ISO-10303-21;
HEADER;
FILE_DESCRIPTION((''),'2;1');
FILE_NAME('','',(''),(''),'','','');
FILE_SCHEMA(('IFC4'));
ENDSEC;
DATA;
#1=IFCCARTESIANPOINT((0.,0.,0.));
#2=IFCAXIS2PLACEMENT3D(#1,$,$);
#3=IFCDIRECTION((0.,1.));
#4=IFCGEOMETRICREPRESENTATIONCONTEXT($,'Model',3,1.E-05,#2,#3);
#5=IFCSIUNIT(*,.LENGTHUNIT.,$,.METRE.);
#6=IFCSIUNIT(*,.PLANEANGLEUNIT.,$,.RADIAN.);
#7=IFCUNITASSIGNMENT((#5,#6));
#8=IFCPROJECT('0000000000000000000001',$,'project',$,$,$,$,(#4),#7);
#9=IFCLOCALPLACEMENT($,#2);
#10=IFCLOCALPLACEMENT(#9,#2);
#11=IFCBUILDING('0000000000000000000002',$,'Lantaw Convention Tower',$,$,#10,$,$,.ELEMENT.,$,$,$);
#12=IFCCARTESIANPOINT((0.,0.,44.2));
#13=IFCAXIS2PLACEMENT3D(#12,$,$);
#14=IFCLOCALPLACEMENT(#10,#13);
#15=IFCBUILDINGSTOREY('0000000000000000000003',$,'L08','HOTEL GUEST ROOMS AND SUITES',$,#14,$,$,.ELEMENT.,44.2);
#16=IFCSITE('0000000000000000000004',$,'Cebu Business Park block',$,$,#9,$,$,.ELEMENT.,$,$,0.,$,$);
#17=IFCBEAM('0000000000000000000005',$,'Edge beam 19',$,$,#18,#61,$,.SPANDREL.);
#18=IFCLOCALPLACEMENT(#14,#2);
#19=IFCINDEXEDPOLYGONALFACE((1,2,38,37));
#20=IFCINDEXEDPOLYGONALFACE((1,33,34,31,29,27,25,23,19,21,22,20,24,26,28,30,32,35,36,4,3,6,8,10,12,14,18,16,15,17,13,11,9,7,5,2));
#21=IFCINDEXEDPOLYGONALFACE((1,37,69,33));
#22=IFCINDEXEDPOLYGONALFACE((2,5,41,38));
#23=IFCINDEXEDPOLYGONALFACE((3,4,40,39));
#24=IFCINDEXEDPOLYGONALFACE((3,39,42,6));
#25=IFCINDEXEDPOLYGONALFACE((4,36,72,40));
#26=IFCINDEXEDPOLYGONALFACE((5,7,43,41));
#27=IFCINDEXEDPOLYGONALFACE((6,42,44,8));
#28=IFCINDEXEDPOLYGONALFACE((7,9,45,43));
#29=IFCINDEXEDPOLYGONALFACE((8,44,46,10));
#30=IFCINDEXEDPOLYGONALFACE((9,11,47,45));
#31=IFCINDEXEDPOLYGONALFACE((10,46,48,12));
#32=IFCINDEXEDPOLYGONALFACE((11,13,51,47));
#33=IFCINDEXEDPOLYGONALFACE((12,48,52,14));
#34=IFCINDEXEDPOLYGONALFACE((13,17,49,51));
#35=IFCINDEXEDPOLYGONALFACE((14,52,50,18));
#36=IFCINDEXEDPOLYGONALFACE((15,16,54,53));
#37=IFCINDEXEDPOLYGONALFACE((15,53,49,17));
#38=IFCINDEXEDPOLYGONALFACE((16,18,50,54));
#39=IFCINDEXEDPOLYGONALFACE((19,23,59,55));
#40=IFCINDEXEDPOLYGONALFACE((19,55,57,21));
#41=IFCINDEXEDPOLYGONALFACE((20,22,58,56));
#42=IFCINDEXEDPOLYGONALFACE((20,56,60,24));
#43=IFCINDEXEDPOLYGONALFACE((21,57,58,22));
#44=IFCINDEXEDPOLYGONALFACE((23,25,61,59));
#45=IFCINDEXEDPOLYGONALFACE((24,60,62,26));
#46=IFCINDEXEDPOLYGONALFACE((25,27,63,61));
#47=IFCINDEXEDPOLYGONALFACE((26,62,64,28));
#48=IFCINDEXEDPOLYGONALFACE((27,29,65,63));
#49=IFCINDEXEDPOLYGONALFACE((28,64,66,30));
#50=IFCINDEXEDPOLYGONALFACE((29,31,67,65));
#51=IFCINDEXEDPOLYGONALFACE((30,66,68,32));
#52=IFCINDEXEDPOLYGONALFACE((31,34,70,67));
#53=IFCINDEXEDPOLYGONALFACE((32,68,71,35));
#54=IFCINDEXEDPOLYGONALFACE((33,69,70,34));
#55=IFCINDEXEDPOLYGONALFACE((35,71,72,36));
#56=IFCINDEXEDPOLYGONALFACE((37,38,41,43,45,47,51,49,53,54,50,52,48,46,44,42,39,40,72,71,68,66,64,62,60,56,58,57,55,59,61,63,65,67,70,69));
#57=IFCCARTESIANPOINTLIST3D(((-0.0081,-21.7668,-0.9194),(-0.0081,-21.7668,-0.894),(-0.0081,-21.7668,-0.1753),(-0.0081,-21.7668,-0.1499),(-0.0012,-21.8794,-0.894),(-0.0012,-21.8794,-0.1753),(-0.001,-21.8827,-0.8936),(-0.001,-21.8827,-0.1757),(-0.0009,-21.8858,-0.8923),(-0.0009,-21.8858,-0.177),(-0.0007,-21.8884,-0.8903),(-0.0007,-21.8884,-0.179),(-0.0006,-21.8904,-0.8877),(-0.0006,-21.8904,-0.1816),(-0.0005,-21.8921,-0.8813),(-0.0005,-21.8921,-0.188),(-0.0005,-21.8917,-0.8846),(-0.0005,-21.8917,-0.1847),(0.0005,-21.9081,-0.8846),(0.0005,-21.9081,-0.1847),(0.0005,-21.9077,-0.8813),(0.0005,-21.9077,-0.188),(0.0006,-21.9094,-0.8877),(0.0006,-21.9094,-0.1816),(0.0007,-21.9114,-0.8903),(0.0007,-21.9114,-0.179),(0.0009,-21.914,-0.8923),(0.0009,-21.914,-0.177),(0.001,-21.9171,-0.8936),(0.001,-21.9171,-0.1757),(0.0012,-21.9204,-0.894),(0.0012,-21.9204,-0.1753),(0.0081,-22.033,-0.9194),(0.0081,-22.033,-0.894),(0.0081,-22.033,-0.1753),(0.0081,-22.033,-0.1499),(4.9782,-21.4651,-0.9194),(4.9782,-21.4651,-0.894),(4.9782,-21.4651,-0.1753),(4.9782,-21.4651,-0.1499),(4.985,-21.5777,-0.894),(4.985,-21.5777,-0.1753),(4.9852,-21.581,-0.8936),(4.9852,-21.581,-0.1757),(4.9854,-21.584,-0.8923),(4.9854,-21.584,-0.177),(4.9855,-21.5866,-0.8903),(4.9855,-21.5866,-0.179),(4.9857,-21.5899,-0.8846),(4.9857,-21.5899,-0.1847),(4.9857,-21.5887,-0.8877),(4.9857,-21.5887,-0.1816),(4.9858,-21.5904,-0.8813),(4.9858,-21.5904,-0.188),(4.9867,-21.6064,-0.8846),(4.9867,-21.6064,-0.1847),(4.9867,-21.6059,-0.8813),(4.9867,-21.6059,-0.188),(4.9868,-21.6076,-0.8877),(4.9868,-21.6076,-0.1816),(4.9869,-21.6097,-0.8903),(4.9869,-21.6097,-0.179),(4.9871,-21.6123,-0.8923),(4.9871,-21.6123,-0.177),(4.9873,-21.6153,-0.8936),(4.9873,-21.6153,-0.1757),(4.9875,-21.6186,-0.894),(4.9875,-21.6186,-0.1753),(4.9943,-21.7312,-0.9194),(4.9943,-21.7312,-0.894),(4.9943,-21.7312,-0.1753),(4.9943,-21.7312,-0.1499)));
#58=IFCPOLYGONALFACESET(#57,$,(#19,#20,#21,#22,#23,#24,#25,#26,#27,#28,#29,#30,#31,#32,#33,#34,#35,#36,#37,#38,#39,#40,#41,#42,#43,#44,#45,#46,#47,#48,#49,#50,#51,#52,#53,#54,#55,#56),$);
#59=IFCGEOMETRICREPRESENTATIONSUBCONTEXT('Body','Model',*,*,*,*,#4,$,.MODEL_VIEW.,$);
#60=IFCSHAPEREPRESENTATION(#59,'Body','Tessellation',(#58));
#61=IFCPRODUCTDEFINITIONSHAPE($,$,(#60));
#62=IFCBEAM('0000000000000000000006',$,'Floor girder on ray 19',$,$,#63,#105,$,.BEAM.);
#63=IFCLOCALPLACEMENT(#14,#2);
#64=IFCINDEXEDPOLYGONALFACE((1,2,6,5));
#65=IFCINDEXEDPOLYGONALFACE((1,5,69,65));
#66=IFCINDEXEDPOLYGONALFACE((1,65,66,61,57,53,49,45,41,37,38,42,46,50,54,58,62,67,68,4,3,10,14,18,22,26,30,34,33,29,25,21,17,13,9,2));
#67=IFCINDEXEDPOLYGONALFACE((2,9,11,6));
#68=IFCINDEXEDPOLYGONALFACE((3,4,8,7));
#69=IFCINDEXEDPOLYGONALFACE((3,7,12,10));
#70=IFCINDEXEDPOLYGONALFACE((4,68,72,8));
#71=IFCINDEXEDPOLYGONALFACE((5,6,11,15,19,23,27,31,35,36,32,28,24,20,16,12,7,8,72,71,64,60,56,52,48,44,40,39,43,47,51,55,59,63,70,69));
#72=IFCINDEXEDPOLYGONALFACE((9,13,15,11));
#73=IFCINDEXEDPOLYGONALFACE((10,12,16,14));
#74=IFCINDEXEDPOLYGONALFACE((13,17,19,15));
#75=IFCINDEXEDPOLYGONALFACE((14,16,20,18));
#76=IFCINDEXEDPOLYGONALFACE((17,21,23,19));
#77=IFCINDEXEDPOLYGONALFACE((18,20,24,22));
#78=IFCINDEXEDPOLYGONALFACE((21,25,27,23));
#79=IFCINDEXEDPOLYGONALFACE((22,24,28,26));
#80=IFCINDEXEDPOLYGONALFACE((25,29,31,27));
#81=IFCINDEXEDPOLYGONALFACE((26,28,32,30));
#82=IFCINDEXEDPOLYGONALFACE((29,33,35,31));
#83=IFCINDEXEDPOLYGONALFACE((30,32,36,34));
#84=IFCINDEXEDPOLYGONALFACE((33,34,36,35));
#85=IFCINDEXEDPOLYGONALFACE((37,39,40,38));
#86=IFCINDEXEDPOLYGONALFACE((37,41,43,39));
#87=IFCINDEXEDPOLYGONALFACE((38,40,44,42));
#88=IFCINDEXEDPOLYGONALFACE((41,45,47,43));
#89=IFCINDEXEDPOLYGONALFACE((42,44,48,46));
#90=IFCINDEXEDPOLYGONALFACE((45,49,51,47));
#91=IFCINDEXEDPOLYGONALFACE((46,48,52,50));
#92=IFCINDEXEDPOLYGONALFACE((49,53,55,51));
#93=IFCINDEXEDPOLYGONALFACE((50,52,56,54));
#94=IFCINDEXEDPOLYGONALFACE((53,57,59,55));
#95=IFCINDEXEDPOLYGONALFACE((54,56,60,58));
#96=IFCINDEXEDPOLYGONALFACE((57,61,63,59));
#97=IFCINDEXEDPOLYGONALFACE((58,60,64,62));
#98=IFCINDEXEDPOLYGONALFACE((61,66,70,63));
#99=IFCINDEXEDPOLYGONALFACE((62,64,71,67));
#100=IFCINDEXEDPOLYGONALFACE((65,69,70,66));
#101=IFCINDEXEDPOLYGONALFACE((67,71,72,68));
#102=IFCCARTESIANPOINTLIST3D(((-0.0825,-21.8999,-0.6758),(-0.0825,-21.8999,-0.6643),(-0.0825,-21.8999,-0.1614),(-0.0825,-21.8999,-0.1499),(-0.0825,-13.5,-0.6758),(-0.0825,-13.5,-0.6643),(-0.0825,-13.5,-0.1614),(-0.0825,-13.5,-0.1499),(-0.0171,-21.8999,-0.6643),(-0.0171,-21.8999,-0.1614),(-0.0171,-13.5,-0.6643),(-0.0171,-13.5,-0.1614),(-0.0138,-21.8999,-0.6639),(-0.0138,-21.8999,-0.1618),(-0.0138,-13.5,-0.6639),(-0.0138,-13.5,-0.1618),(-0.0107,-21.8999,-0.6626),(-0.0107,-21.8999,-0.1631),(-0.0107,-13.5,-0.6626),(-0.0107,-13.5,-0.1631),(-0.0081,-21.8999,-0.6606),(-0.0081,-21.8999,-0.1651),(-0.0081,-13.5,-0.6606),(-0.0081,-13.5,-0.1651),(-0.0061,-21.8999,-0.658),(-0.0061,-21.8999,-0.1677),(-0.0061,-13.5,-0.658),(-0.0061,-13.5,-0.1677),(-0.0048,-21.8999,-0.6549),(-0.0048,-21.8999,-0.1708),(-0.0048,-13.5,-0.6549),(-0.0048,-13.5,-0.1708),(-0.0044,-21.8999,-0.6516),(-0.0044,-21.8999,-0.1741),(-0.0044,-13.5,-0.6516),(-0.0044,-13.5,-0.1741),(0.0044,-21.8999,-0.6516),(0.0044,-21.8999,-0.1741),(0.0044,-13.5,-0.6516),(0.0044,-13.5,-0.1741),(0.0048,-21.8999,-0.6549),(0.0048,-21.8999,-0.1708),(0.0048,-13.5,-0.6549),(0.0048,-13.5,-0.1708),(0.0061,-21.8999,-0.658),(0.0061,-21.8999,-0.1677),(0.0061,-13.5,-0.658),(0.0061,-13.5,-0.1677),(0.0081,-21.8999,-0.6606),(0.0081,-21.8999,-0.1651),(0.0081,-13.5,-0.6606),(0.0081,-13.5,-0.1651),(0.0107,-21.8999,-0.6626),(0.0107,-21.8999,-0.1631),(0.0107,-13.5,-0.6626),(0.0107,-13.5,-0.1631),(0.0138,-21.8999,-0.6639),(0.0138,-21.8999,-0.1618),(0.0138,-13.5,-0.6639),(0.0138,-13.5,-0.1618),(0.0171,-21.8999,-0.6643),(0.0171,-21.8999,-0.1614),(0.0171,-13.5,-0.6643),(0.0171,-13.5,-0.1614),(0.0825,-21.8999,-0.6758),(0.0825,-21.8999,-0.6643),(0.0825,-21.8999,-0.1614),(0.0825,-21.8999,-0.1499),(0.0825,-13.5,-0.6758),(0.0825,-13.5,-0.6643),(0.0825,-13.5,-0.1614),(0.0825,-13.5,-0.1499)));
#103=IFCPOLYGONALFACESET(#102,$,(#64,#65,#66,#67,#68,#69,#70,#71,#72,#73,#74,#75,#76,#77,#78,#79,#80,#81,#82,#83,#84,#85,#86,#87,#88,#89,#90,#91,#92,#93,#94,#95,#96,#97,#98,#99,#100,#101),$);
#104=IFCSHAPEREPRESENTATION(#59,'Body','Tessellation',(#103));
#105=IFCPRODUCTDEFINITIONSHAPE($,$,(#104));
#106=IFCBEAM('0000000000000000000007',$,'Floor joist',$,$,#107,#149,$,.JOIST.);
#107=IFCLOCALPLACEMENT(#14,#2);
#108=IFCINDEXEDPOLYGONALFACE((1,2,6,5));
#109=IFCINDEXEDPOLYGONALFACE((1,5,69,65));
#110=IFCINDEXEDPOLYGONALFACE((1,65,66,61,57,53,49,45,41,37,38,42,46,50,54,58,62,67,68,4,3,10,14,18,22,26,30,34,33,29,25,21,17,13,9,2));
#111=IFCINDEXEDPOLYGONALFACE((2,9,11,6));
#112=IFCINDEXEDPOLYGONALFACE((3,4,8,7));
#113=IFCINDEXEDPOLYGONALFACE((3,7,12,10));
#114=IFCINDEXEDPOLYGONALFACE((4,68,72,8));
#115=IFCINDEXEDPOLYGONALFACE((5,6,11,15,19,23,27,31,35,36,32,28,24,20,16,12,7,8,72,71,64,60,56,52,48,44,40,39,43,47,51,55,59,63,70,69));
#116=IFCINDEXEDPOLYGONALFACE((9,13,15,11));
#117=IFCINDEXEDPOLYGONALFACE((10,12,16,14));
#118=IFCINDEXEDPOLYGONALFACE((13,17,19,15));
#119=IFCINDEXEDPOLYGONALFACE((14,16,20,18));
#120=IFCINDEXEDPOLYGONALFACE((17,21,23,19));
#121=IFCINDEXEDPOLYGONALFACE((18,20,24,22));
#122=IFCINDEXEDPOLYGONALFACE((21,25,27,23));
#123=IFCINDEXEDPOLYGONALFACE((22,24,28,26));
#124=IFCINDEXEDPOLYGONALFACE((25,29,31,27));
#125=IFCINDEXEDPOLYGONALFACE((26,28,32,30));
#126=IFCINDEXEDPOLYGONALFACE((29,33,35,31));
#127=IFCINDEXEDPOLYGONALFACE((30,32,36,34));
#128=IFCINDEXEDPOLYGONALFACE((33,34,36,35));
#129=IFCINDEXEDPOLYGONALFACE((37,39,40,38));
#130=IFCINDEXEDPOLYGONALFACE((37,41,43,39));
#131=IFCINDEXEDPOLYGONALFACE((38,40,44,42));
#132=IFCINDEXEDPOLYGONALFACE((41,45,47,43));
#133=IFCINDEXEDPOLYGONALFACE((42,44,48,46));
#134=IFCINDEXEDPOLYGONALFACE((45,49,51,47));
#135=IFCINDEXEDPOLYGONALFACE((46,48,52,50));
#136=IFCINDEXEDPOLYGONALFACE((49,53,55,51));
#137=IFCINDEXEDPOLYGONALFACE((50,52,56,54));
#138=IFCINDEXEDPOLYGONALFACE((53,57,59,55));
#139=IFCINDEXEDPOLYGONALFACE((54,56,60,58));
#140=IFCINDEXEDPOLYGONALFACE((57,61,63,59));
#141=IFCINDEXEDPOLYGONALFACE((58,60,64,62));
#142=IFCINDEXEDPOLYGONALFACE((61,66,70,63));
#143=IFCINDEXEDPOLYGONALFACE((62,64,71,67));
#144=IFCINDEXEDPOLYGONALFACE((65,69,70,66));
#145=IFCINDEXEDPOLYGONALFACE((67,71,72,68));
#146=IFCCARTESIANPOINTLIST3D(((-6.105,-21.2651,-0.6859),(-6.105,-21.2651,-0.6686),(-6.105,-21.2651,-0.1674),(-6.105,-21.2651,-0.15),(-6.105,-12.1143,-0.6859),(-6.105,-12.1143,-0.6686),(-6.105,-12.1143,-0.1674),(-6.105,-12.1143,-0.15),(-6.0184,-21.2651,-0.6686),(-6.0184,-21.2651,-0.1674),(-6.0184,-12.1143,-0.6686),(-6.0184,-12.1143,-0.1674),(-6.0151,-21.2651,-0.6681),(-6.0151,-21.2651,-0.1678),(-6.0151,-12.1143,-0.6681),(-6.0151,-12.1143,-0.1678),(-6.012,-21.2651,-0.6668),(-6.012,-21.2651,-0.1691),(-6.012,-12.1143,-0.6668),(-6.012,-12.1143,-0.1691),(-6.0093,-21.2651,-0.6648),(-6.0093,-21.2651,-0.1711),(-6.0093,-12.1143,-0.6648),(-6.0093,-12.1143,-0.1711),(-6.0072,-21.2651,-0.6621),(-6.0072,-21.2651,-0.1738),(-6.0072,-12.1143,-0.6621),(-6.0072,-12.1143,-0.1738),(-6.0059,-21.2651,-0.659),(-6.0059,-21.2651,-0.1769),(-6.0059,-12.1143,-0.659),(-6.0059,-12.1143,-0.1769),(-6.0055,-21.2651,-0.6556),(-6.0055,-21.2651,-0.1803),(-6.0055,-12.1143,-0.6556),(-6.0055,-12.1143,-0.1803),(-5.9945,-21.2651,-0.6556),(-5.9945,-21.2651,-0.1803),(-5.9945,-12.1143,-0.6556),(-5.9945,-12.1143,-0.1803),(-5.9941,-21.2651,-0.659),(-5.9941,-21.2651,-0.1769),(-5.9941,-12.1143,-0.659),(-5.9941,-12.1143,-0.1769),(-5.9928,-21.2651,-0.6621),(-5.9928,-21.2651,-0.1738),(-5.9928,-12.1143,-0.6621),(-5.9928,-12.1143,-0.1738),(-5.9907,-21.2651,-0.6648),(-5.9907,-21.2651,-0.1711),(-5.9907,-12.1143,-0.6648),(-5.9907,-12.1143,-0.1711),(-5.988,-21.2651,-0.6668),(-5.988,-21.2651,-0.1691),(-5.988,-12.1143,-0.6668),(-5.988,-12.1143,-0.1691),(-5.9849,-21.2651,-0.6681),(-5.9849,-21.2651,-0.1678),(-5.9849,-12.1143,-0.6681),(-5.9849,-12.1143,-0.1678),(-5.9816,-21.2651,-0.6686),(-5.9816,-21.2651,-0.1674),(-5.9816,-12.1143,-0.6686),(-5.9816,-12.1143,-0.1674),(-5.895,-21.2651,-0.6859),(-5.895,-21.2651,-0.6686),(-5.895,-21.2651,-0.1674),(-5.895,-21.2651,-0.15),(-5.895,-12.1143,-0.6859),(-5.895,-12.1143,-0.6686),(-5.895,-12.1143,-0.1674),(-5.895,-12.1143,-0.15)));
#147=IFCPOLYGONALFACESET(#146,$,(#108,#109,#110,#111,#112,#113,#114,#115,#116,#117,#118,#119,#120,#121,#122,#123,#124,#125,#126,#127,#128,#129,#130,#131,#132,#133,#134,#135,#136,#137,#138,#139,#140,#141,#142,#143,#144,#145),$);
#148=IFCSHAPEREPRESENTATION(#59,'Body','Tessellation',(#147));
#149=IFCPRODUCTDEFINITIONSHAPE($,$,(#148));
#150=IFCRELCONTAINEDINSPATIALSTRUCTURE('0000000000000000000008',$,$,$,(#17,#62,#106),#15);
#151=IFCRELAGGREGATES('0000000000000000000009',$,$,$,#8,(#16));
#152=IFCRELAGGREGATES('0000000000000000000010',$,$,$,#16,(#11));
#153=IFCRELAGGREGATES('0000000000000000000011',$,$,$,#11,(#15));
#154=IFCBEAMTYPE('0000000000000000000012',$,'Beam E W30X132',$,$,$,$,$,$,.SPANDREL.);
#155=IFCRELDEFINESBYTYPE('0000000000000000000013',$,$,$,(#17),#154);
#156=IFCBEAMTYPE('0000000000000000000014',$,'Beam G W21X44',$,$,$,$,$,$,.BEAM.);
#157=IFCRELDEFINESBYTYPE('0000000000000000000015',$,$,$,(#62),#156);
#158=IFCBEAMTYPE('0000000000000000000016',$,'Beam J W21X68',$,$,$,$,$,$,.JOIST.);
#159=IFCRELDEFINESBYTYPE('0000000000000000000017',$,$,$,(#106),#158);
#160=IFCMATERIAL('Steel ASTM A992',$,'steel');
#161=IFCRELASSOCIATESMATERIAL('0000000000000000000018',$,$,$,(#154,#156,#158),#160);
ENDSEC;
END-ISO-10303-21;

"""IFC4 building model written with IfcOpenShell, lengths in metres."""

from ifc_helpers import new_model, si_unit, direction, frame, origin, origin_2d, place, context, subcontext, project, spatial, i_section, extrude, material, material_profile, profile_set, type_object, element, save


model = new_model("IFC4")

# Units and contexts
model_context = context("Model", 3, precision=1e-05, world=origin(), true_north=direction((0.0, 1.0)))
body_context = subcontext(model_context, "Body", "Model", "MODEL_VIEW")
ifc_project = project(units=[si_unit("LENGTHUNIT", "METRE"), si_unit("PLANEANGLEUNIT", "RADIAN")], contexts=[model_context])

# Site, building, storey
site_placement = place(None, origin())
site = spatial("IfcSite", under=ifc_project, at=site_placement, Name="Cebu Business Park block", CompositionType="ELEMENT", RefElevation=0.0)
building_placement = place(site_placement, origin())
building = spatial("IfcBuilding", under=site, at=building_placement, Name="Lantaw Convention Tower", CompositionType="ELEMENT")
storey_placement = place(building_placement, frame((0.0, 0.0, 44.2)))
storey = spatial("IfcBuildingStorey", under=building, at=storey_placement, Name="L08", Description="HOTEL GUEST ROOMS AND SUITES", CompositionType="ELEMENT", Elevation=44.2)

# Beams
ifc_material_1 = material(Name="Steel ASTM A992", Category="steel")
ifc_material_profile_1 = material_profile(ifc_material_1, i_section(OverallWidth=0.2666, OverallDepth=0.7695, WebThickness=0.0156, FlangeThickness=0.0254, FilletRadius=0.0127, at=origin_2d()), Name="W30X132")
ifc_profile_set_1 = profile_set([ifc_material_profile_1], Name="Steel ASTM A992")
beam_type_1 = type_object("IfcBeamType", Name="Beam E W30X132", PredefinedType="SPANDREL", material=ifc_profile_set_1)
for number, where, z_axis, x_axis, name in (
    (1, (0.0, -21.8999, -0.5347), (0.998174, 0.060407, 0.0), (-0.060407, 0.998174, 0.0), "Edge beam 19"),
):
    element("IfcBeam", number, at=place(storey_placement, frame(where, z_axis=z_axis, x_axis=x_axis)), inside=storey, type_object=beam_type_1, Name=name, PredefinedType="SPANDREL", context=body_context, shape_type="SweptSolid", body=[
        extrude(i_section(OverallWidth=0.2666, OverallDepth=0.7695, WebThickness=0.0156, FlangeThickness=0.0254, FilletRadius=0.0127, at=origin_2d()), origin(), (0.0, 0.0, 1.0), 4.9954),
    ])
ifc_material_profile_2 = material_profile(ifc_material_1, i_section(OverallWidth=0.165, OverallDepth=0.5259, WebThickness=0.0088, FlangeThickness=0.0115, FilletRadius=0.0127, at=origin_2d()), Name="W21X44")
ifc_profile_set_2 = profile_set([ifc_material_profile_2], Name="Steel ASTM A992")
beam_type_2 = type_object("IfcBeamType", Name="Beam G W21X44", PredefinedType="BEAM", material=ifc_profile_set_2)
beam_1_placement = place(storey_placement, frame((0.0, -13.5, -0.4128), z_axis=(0.0, -1.0, 0.0), x_axis=(1.0, 0.0, 0.0)))
element("IfcBeam", 2, at=beam_1_placement, inside=storey, type_object=beam_type_2, Name="Floor girder on ray 19", PredefinedType="BEAM", context=body_context, shape_type="SweptSolid", body=[
    extrude(i_section(OverallWidth=0.165, OverallDepth=0.5259, WebThickness=0.0088, FlangeThickness=0.0115, FilletRadius=0.0127, at=origin_2d()), origin(), (0.0, 0.0, 1.0), 8.3999),
])
ifc_material_profile_3 = material_profile(ifc_material_1, i_section(OverallWidth=0.21, OverallDepth=0.5359, WebThickness=0.011, FlangeThickness=0.0173, FilletRadius=0.0129, at=origin_2d()), Name="W21X68")
ifc_profile_set_3 = profile_set([ifc_material_profile_3], Name="Steel ASTM A992")
beam_type_3 = type_object("IfcBeamType", Name="Beam J W21X68", PredefinedType="JOIST", material=ifc_profile_set_3)
beam_2_placement = place(storey_placement, frame((-6.0, -21.2651, -0.418), z_axis=(0.0, 1.0, 0.0), x_axis=(-1.0, 0.0, 0.0)))
element("IfcBeam", 3, at=beam_2_placement, inside=storey, type_object=beam_type_3, Name="Floor joist", PredefinedType="JOIST", context=body_context, shape_type="SweptSolid", body=[
    extrude(i_section(OverallWidth=0.21, OverallDepth=0.5359, WebThickness=0.011, FlangeThickness=0.0173, FilletRadius=0.0129, at=origin_2d()), origin(), (0.0, 0.0, 1.0), 9.1509),
])

save(model, "model.ifc")
